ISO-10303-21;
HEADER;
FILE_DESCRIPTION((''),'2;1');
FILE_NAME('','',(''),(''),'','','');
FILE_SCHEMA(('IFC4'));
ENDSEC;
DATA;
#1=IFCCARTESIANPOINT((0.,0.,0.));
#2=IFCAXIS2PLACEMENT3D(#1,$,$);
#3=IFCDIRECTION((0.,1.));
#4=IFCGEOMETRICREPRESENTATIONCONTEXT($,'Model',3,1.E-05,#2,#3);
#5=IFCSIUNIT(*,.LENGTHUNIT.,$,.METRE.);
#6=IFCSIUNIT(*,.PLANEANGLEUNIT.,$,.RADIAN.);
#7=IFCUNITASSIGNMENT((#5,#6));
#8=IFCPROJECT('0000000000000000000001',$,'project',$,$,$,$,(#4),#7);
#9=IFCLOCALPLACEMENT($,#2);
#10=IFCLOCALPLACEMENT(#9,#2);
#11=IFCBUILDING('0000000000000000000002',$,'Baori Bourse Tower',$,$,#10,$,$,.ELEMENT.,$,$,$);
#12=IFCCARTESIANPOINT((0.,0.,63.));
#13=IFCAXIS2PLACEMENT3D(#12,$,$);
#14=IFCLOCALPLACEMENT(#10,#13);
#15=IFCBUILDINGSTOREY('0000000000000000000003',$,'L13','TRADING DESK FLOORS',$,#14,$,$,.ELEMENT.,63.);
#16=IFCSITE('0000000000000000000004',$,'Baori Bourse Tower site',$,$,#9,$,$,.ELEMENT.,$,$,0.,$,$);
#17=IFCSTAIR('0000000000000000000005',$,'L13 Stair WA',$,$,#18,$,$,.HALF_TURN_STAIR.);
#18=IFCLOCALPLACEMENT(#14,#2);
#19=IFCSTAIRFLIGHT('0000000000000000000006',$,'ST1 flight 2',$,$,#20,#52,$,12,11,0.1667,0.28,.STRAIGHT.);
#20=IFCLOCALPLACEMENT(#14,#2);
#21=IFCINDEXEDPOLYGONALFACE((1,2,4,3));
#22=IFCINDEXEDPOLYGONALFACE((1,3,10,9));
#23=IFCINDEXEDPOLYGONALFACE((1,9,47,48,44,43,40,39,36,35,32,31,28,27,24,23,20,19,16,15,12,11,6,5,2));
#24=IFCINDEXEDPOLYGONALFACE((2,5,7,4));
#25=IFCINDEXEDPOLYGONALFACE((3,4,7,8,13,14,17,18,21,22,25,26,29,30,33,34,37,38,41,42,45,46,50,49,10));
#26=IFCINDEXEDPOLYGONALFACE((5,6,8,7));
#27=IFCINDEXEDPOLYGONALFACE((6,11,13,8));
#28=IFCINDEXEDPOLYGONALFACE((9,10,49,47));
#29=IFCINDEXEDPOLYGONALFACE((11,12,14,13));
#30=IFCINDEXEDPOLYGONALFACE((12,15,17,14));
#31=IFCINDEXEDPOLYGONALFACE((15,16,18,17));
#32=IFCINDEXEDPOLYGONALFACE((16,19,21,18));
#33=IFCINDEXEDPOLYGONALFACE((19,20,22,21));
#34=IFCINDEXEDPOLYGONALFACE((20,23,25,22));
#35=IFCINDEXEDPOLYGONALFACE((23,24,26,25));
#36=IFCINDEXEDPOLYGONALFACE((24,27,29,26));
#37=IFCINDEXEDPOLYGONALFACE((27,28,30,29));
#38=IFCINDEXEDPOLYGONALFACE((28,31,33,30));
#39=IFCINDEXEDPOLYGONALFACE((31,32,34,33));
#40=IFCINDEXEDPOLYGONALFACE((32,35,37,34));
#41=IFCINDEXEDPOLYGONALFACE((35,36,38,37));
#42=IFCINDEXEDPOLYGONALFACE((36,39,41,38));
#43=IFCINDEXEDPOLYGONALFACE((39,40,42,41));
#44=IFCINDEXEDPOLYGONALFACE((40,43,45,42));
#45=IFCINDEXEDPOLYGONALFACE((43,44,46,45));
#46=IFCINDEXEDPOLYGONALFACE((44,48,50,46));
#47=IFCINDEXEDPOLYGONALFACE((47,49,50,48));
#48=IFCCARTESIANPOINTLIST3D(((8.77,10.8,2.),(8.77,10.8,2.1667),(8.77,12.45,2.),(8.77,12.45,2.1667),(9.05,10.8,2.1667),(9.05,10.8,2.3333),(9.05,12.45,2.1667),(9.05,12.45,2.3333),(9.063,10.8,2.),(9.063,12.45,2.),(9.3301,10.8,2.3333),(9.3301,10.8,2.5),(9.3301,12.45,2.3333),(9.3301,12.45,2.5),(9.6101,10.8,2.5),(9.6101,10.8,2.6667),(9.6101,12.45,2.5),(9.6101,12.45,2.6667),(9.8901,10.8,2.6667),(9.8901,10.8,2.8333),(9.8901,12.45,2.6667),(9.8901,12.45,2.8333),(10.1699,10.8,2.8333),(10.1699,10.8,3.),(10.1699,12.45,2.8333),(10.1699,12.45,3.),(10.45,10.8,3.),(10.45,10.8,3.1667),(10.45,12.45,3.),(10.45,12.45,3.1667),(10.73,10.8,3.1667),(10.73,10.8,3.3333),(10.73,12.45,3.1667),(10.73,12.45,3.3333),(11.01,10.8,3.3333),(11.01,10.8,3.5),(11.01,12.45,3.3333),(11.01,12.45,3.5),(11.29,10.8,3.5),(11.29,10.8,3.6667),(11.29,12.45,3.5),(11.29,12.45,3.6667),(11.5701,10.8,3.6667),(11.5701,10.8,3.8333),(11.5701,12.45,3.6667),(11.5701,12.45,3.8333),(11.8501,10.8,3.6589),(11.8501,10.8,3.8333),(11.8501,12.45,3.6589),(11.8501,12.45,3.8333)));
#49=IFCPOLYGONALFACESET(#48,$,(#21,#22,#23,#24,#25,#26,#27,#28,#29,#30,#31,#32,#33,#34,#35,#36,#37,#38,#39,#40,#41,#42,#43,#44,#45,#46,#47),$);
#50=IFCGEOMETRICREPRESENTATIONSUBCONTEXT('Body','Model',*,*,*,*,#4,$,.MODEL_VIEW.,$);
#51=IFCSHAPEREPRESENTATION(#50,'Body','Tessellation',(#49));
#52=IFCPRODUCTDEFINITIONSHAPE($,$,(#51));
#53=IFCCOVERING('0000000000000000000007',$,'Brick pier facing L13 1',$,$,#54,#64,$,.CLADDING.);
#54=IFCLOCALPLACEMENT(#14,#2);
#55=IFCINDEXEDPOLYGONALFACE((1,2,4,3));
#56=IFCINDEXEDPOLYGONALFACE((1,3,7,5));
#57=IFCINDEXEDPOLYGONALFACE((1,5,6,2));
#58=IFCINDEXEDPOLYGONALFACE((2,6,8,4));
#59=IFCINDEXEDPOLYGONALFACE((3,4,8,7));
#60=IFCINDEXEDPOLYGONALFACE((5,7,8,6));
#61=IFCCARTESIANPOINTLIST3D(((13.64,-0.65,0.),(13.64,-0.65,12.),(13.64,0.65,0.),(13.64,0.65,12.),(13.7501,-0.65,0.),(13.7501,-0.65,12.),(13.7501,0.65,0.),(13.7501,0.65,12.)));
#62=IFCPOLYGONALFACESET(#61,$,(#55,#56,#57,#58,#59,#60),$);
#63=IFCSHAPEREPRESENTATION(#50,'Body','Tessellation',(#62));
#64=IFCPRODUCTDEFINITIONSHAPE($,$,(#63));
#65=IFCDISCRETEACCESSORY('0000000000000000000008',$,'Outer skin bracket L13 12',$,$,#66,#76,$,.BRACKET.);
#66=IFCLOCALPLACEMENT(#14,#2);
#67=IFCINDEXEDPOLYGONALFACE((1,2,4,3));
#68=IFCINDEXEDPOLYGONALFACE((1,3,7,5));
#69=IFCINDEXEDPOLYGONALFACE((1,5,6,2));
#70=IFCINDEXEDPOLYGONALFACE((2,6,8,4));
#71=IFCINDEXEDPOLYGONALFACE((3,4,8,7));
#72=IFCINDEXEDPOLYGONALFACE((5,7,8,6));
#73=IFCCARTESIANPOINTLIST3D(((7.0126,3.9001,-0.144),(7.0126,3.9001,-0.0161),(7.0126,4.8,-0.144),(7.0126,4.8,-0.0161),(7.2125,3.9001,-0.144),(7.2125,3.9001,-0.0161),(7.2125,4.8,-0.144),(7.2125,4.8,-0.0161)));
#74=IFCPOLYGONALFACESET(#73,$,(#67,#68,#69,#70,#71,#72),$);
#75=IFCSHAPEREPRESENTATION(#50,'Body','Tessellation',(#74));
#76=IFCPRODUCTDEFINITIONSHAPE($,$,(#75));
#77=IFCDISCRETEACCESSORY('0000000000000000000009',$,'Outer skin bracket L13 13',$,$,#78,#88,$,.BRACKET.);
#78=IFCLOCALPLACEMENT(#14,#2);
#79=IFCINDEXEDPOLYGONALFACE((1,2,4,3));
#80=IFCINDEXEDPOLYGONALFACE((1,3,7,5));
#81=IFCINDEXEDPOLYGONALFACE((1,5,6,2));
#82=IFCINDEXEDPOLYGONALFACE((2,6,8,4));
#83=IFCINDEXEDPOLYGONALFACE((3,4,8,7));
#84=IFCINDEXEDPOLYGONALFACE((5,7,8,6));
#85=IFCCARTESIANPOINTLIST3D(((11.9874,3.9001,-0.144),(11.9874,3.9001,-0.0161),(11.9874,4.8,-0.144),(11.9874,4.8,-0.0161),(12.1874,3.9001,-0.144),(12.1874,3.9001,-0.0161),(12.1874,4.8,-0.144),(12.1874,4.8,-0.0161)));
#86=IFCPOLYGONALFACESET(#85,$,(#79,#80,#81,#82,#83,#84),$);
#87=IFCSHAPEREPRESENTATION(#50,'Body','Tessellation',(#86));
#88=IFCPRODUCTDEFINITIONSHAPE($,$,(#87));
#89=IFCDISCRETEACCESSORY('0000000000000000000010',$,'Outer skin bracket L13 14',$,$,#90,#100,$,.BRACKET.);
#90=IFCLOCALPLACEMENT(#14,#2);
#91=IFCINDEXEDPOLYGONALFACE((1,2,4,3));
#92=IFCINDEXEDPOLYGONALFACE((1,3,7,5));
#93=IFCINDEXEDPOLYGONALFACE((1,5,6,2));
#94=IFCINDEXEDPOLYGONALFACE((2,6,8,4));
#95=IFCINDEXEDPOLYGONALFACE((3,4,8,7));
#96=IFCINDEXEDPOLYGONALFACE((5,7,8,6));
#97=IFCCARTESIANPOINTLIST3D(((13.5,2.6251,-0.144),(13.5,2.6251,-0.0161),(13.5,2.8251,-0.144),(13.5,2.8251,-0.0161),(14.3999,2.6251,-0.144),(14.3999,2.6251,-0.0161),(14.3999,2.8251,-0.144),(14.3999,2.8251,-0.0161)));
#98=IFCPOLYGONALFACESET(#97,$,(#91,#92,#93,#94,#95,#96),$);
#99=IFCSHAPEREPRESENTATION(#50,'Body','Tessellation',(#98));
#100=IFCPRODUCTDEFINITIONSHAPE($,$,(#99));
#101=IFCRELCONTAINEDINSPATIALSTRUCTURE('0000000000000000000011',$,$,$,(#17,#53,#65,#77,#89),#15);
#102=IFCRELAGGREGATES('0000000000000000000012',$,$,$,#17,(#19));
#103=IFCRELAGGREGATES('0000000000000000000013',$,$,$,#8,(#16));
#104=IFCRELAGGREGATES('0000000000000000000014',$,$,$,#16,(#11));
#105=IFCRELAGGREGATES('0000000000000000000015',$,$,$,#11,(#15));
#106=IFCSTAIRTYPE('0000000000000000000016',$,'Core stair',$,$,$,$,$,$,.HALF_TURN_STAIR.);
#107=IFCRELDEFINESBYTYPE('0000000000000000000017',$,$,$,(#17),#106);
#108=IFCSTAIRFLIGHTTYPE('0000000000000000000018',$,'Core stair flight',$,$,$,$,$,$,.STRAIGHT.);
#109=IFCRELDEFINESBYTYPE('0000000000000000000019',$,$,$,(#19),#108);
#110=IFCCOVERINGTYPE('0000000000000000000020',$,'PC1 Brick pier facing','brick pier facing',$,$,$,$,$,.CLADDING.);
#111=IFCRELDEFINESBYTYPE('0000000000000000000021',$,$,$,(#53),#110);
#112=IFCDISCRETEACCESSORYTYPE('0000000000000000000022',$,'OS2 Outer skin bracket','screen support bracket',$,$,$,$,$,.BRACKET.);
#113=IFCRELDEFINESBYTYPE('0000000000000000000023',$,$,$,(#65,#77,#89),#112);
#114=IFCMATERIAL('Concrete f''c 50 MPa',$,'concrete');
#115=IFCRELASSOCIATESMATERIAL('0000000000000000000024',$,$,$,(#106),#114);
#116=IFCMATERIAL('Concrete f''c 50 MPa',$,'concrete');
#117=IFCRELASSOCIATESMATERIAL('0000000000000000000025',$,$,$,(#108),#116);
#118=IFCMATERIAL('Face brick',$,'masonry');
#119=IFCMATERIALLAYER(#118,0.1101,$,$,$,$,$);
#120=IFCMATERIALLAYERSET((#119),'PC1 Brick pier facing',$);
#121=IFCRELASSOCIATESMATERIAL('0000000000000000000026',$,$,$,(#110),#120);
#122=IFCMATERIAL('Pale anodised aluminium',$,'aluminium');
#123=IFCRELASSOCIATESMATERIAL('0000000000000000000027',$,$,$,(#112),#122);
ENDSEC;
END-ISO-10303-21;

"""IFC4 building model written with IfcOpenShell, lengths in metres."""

from ifc_helpers import new_model, si_unit, direction, frame, origin, origin_2d, place, context, subcontext, project, spatial, polyline, rectangle, outline, extrude, material, layer, layer_set, type_object, element, aggregate, save


model = new_model("IFC4")

# Units and contexts
model_context = context("Model", 3, precision=1e-05, world=origin(), true_north=direction((0.0, 1.0)))
body_context = subcontext(model_context, "Body", "Model", "MODEL_VIEW")
ifc_project = project(units=[si_unit("LENGTHUNIT", "METRE"), si_unit("PLANEANGLEUNIT", "RADIAN")], contexts=[model_context])

# Site, building, storey
site_placement = place(None, origin())
site = spatial("IfcSite", under=ifc_project, at=site_placement, Name="Baori Bourse Tower site", CompositionType="ELEMENT", RefElevation=0.0)
building_placement = place(site_placement, origin())
building = spatial("IfcBuilding", under=site, at=building_placement, Name="Baori Bourse Tower", CompositionType="ELEMENT")
storey_placement = place(building_placement, frame((0.0, 0.0, 63.0)))
storey = spatial("IfcBuildingStorey", under=building, at=storey_placement, Name="L13", Description="TRADING DESK FLOORS", CompositionType="ELEMENT", Elevation=63.0)

# Stair, stair flight
ifc_material_1 = material(Name="Concrete f'c 50 MPa", Category="concrete")
stair_type = type_object("IfcStairType", Name="Core stair", PredefinedType="HALF_TURN_STAIR", material=ifc_material_1)
stair_placement = place(storey_placement, origin())
stair = element("IfcStair", 1, at=stair_placement, inside=storey, type_object=stair_type, Name="L13 Stair WA", PredefinedType="HALF_TURN_STAIR")
ifc_material_2 = material(Name="Concrete f'c 50 MPa", Category="concrete")
stair_flight_type = type_object("IfcStairFlightType", Name="Core stair flight", PredefinedType="STRAIGHT", material=ifc_material_2)
stair_flight_1_placement = place(storey_placement, frame((8.77, 11.625, 2.0), z_axis=(0.0, 0.0, 1.0), x_axis=(1.0, 0.0, 0.0)))
stair_flight_1 = element("IfcStairFlight", 2, at=stair_flight_1_placement, type_object=stair_flight_type, Name="ST1 flight 2", NumberOfRisers=12, NumberOfTreads=11, PredefinedType="STRAIGHT", RiserHeight=0.1667, TreadLength=0.28, context=body_context, shape_type="SweptSolid", body=[
    extrude(outline(polyline([(0.0, 0.0), (0.0, 0.1667), (0.28, 0.1667), (0.28, 0.3333), (0.5601, 0.3333), (0.5601, 0.5), (0.8401, 0.5), (0.8401, 0.6667), (1.1201, 0.6667), (1.1201, 0.8333), (1.3999, 0.8333), (1.3999, 1.0), (1.6799, 1.0), (1.6799, 1.1667), (1.96, 1.1667), (1.96, 1.3333), (2.24, 1.3333), (2.24, 1.5), (2.52, 1.5), (2.52, 1.6667), (2.8, 1.6667), (2.8, 1.8333), (3.0801, 1.8333), (3.0801, 2.0), (3.0801, 1.6589), (0.293, 0.0), (0.0, 0.0)])), frame((0.0, 0.825, 0.0), z_axis=(0.0, -1.0, 0.0), x_axis=(1.0, 0.0, 0.0)), (0.0, 0.0, 1.0), 1.6499),
])
aggregate(stair, [stair_flight_1])

# Covering
ifc_material_3 = material(Name="Face brick", Category="masonry")
ifc_layer_1 = layer(ifc_material_3, 0.1101)
ifc_layer_set_1 = layer_set([ifc_layer_1], Name="PC1 Brick pier facing")
covering_type = type_object("IfcCoveringType", Name="PC1 Brick pier facing", Description="brick pier facing", PredefinedType="CLADDING", material=ifc_layer_set_1)
covering_placement = place(storey_placement, frame((13.6951, 0.0, 0.0), z_axis=(0.0, 0.0, 1.0), x_axis=(1.0, 0.0, 0.0)))
element("IfcCovering", 3, at=covering_placement, inside=storey, type_object=covering_type, Name="Brick pier facing L13 1", PredefinedType="CLADDING", context=body_context, shape_type="SweptSolid", body=[
    extrude(rectangle(XDim=0.1101, YDim=1.3, at=origin_2d()), origin(), (0.0, 0.0, 1.0), 12.0),
])

# Discrete accessories
ifc_material_4 = material(Name="Pale anodised aluminium", Category="aluminium")
discrete_accessory_type = type_object("IfcDiscreteAccessoryType", Name="OS2 Outer skin bracket", Description="screen support bracket", PredefinedType="BRACKET", material=ifc_material_4)
for number, where, z_axis, x_axis, name in (
    (4, (7.1125, 4.3501, -0.144), (0.0, 0.0, 1.0), (1.0, 0.0, 0.0), "Outer skin bracket L13 12"),
    (5, (12.0874, 4.3501, -0.144), (0.0, 0.0, 1.0), (1.0, 0.0, 0.0), "Outer skin bracket L13 13"),
    (6, (13.95, 2.7251, -0.144), (0.0, 0.0, 1.0), (0.0, -1.0, 0.0), "Outer skin bracket L13 14"),
):
    element("IfcDiscreteAccessory", number, at=place(storey_placement, frame(where, z_axis=z_axis, x_axis=x_axis)), inside=storey, type_object=discrete_accessory_type, Name=name, PredefinedType="BRACKET", context=body_context, shape_type="SweptSolid", body=[
        extrude(rectangle(XDim=0.2, YDim=0.8999, at=origin_2d()), origin(), (0.0, 0.0, 1.0), 0.1279),
    ])

save(model, "model.ifc")
